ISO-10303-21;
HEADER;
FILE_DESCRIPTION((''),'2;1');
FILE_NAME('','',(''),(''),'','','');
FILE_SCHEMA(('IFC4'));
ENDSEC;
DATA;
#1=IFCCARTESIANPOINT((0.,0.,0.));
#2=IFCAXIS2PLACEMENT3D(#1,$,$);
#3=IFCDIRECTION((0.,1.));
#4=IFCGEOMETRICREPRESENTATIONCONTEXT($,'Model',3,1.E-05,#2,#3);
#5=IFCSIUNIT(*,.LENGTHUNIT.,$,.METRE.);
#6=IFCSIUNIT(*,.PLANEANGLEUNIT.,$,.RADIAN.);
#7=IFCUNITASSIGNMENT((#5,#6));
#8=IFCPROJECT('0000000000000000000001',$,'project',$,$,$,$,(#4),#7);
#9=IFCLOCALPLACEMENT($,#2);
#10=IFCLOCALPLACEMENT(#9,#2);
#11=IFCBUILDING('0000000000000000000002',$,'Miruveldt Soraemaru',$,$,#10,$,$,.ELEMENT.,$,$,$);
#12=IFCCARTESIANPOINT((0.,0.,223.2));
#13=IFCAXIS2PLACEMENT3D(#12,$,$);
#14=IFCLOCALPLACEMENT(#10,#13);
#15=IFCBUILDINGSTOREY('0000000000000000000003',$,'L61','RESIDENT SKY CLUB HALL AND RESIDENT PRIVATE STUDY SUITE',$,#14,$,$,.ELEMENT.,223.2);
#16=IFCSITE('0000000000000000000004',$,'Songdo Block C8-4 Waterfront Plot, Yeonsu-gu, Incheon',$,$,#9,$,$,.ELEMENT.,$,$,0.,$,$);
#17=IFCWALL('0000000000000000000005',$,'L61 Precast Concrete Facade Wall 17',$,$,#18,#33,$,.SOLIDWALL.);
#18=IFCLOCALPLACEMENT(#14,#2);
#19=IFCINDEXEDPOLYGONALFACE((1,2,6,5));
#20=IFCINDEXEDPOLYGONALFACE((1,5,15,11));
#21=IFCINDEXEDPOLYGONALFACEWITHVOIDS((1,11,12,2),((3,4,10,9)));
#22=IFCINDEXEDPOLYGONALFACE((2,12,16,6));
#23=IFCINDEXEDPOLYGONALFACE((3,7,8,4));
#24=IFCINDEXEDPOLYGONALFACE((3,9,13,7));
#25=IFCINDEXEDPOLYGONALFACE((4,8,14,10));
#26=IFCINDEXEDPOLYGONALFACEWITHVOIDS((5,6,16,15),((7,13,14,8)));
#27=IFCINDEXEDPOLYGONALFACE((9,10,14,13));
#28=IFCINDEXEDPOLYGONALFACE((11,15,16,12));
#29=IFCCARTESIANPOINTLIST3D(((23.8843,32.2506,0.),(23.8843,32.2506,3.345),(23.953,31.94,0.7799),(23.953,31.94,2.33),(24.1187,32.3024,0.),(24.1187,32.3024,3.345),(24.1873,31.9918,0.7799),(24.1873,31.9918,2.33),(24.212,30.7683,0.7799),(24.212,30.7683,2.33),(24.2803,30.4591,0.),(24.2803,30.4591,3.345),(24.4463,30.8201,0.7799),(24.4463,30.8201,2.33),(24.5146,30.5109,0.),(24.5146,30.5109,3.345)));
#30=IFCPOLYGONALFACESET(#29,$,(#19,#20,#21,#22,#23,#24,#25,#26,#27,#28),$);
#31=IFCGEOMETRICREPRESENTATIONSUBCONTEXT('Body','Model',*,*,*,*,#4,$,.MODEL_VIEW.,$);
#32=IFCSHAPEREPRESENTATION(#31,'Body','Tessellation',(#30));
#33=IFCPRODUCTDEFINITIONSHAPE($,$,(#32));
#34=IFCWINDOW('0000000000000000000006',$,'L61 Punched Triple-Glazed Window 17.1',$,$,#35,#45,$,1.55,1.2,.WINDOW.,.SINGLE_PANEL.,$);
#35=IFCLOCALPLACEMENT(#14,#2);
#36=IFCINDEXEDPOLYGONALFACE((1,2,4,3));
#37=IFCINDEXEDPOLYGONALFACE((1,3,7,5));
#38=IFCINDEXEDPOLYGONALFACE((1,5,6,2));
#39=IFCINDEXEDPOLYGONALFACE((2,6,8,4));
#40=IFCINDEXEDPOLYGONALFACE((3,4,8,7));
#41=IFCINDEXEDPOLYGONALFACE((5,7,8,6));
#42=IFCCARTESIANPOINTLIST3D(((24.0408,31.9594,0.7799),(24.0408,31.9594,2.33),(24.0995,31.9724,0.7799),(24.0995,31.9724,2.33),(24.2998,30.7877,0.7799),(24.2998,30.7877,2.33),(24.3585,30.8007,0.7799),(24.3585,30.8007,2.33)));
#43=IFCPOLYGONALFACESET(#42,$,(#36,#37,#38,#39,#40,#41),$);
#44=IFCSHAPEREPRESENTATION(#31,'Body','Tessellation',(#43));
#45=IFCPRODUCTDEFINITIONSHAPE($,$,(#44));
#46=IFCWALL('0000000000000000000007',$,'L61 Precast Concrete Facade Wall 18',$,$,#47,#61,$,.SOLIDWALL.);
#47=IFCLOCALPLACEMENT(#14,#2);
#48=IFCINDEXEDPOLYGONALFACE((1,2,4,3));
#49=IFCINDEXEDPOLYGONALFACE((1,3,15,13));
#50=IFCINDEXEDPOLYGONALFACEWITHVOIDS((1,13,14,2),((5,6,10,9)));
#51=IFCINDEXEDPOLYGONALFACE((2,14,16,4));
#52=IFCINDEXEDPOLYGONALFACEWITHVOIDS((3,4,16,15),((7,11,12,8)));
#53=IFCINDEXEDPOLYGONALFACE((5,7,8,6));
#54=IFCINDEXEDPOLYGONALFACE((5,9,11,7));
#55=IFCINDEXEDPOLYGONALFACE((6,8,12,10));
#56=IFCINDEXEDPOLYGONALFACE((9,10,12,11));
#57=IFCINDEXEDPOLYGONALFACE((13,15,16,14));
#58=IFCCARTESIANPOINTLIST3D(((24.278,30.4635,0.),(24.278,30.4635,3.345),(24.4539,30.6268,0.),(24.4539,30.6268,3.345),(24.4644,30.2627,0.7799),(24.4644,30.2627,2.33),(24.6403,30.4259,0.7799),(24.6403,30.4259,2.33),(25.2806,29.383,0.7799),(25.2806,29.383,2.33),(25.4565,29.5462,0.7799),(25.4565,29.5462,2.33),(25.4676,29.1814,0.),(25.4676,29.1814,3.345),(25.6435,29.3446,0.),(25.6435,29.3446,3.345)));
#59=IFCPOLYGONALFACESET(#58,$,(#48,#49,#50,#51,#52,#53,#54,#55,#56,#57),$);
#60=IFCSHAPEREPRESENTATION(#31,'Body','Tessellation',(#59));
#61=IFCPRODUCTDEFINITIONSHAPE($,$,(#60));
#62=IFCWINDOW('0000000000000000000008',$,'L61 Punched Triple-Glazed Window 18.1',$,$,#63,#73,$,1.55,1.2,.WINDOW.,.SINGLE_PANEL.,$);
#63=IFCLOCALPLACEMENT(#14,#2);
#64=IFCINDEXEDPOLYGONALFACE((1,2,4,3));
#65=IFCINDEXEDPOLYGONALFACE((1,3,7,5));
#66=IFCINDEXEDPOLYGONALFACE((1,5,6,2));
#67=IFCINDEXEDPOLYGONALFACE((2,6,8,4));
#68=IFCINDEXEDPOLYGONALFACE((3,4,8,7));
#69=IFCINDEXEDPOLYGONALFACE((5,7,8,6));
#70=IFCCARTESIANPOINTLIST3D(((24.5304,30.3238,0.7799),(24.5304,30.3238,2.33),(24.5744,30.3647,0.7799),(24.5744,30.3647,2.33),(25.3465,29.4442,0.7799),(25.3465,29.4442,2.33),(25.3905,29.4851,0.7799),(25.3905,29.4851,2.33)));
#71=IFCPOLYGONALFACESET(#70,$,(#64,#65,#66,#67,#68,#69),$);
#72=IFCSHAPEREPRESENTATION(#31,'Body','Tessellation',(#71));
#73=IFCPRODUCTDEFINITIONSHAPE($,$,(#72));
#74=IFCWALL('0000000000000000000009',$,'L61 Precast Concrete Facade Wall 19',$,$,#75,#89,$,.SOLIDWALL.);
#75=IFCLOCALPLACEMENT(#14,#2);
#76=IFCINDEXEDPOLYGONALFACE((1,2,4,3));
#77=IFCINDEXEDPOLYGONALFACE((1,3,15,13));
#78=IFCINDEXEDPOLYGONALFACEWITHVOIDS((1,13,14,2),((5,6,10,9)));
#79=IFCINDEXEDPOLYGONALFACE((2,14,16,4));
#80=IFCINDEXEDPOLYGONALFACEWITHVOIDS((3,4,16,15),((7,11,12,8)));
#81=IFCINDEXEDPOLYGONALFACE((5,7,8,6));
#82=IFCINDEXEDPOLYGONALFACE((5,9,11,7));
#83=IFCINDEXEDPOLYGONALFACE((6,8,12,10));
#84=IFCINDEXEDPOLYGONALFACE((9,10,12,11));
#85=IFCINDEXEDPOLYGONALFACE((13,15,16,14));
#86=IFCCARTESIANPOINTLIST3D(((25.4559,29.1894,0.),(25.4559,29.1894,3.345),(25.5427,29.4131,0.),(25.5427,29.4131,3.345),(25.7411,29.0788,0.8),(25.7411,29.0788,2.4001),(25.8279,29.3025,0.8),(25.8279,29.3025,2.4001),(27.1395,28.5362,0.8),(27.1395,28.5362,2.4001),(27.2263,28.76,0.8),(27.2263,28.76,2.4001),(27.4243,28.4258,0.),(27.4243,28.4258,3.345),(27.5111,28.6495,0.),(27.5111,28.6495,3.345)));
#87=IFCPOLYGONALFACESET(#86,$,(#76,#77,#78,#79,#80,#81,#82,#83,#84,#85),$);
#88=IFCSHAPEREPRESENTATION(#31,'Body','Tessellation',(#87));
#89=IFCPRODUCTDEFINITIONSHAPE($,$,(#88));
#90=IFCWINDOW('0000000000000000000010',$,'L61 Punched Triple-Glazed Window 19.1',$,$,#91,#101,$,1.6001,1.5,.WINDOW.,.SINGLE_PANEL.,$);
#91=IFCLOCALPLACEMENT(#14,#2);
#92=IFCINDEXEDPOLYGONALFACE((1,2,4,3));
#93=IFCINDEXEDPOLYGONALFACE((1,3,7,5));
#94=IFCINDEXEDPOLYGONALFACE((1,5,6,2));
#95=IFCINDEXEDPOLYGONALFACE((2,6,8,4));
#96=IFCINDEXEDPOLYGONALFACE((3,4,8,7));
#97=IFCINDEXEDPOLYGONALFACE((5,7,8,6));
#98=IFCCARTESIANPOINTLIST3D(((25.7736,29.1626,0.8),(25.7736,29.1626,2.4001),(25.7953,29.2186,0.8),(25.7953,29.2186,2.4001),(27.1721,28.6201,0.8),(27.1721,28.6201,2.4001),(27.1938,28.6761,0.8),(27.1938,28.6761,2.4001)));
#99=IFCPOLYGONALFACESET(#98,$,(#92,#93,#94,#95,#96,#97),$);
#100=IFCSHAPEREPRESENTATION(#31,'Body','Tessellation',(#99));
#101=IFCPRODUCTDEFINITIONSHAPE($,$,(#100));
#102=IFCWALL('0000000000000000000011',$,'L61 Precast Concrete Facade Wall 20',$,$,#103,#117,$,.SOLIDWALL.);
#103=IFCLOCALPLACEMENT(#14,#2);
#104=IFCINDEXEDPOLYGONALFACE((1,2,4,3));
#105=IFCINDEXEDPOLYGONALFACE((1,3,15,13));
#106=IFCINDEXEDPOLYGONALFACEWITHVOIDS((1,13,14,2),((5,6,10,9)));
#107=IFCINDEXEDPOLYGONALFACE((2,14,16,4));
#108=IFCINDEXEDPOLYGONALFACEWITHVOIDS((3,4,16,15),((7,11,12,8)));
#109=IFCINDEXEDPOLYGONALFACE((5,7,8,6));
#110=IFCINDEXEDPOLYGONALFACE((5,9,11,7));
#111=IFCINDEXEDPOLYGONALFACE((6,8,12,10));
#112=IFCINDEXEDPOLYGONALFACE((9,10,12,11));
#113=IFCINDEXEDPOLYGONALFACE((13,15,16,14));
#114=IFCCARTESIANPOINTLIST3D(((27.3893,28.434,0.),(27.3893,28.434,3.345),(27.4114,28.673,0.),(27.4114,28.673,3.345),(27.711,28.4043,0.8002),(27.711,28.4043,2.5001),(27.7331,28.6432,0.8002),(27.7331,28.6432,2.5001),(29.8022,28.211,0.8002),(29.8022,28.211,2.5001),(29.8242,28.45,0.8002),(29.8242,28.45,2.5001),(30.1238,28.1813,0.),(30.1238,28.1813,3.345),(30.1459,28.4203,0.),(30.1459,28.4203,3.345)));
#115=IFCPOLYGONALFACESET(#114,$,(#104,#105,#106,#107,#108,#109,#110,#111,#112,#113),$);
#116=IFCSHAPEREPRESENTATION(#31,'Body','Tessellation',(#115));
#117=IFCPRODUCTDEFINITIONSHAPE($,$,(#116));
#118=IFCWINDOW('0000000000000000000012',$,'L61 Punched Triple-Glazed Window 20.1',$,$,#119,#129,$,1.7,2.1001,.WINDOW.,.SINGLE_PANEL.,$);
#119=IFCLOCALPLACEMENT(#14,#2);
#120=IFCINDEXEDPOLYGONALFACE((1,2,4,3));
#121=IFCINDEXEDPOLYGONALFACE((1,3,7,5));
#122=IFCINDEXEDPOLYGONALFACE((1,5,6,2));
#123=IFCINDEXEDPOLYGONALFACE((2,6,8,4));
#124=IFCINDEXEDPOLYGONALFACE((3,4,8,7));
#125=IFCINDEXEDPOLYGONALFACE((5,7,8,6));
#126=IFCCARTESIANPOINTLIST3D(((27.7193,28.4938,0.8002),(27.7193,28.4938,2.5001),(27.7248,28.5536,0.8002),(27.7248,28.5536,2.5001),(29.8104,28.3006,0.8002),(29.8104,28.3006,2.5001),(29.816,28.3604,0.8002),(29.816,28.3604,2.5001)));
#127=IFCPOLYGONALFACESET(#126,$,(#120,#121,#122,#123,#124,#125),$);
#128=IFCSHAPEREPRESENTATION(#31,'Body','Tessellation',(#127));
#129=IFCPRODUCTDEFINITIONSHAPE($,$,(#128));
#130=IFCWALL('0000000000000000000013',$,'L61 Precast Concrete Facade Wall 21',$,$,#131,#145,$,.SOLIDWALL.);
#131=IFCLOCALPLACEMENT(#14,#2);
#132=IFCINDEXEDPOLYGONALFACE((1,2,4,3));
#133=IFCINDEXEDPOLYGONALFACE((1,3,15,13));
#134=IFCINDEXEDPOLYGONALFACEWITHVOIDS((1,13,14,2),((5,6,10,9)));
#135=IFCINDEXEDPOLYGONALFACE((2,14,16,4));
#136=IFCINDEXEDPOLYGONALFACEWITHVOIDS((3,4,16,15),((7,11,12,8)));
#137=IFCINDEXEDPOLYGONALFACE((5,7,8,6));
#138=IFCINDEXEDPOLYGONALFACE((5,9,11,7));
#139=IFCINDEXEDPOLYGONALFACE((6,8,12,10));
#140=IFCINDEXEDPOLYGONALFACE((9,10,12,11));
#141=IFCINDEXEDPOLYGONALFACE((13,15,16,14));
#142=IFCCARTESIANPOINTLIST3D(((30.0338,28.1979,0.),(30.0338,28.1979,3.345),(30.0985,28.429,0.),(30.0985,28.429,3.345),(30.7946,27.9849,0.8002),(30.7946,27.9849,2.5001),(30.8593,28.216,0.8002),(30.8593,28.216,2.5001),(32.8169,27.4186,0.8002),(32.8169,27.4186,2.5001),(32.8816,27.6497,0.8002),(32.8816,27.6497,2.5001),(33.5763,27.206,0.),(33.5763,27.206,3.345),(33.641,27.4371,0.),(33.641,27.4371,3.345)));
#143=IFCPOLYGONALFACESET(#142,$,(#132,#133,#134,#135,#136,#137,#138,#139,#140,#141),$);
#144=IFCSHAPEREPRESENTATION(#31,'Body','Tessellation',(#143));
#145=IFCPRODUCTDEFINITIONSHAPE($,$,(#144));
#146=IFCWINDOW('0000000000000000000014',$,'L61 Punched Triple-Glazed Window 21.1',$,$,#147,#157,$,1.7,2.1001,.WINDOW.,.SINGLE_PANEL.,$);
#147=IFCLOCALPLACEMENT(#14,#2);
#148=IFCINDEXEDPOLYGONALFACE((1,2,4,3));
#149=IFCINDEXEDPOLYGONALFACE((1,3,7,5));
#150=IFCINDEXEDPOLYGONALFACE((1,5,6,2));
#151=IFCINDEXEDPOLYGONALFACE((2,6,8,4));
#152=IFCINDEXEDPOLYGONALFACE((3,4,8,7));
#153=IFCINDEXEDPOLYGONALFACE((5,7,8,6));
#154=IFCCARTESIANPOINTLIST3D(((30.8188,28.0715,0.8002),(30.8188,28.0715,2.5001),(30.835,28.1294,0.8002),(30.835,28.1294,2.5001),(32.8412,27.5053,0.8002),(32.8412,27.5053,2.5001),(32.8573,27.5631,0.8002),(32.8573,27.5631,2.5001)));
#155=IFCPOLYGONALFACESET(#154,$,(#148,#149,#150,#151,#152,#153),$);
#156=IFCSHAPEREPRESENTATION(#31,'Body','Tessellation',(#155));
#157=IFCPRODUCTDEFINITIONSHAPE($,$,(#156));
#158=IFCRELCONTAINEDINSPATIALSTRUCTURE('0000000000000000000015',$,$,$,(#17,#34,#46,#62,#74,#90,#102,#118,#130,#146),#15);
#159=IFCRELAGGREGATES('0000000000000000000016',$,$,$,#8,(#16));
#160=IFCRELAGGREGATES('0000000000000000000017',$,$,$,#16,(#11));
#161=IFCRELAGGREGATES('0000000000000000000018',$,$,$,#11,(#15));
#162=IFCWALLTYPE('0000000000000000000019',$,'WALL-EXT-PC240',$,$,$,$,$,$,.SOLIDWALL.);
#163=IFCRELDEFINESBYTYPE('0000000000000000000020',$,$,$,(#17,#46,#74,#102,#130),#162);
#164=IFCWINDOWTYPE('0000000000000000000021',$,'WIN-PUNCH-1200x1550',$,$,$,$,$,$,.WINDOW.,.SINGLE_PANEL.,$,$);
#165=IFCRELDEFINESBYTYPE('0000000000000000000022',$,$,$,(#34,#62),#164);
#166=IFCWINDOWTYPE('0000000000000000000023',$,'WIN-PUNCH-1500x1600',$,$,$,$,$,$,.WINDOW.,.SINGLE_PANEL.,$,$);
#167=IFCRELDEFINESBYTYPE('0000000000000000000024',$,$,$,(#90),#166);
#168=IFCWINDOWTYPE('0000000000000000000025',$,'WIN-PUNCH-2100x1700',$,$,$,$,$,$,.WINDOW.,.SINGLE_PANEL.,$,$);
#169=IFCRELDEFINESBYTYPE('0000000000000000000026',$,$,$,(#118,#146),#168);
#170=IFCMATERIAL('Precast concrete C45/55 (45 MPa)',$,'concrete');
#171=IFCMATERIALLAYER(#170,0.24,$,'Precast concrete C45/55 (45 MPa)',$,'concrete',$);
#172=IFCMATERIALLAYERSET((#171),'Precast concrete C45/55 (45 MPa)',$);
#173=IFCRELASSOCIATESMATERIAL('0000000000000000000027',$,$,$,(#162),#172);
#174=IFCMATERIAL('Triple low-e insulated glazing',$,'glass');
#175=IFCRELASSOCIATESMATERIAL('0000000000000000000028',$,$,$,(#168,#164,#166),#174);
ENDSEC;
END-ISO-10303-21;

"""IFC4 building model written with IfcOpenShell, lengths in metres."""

from ifc_helpers import new_model, si_unit, direction, frame, frame_2d, origin, place, context, subcontext, project, spatial, rectangle, extrude, material, layer, layer_set, type_object, element, fill, save


model = new_model("IFC4")

# Units and contexts
model_context = context("Model", 3, precision=1e-05, world=origin(), true_north=direction((0.0, 1.0)))
body_context = subcontext(model_context, "Body", "Model", "MODEL_VIEW")
ifc_project = project(units=[si_unit("LENGTHUNIT", "METRE"), si_unit("PLANEANGLEUNIT", "RADIAN")], contexts=[model_context])

# Site, building, storey
site_placement = place(None, origin())
site = spatial("IfcSite", under=ifc_project, at=site_placement, Name="Songdo Block C8-4 Waterfront Plot, Yeonsu-gu, Incheon", CompositionType="ELEMENT", RefElevation=0.0)
building_placement = place(site_placement, origin())
building = spatial("IfcBuilding", under=site, at=building_placement, Name="Miruveldt Soraemaru", CompositionType="ELEMENT")
storey_placement = place(building_placement, frame((0.0, 0.0, 223.2)))
storey = spatial("IfcBuildingStorey", under=building, at=storey_placement, Name="L61", Description="RESIDENT SKY CLUB HALL AND RESIDENT PRIVATE STUDY SUITE", CompositionType="ELEMENT", Elevation=223.2)

# Walls, openings, windows
ifc_material_1 = material(Name="Precast concrete C45/55 (45 MPa)", Category="concrete")
ifc_layer_1 = layer(ifc_material_1, 0.24, Name="Precast concrete C45/55 (45 MPa)", Category="concrete")
ifc_layer_set_1 = layer_set([ifc_layer_1], Name="Precast concrete C45/55 (45 MPa)")
wall_type_1 = type_object("IfcWallType", Name="WALL-EXT-PC240", PredefinedType="SOLIDWALL", material=ifc_layer_set_1)
ifc_material_2 = material(Name="Triple low-e insulated glazing", Category="glass")
window_type_1 = type_object("IfcWindowType", Name="WIN-PUNCH-2100x1700", PartitioningType="SINGLE_PANEL", PredefinedType="WINDOW", material=ifc_material_2)
wall_1_placement = place(storey_placement, frame((24.0015, 32.2766, 0.0), z_axis=(0.0, 0.0, 1.0), x_axis=(0.215831, -0.976431, 0.0)))
wall_1 = element("IfcWall", 1, at=wall_1_placement, inside=storey, type_object=wall_type_1, Name="L61 Precast Concrete Facade Wall 17", PredefinedType="SOLIDWALL", context=body_context, shape_type="SweptSolid", body=[
    extrude(rectangle(XDim=1.8347, YDim=0.24, at=frame_2d((0.9175, 0.0))), origin(), (0.0, 0.0, 1.0), 3.345),
])
opening_1_placement = place(wall_1_placement, frame((0.3181, 0.0, 0.78)))
opening_1 = element("IfcOpeningElement", 2, at=opening_1_placement, cuts=wall_1, PredefinedType="OPENING", context=body_context, shape_type="SweptSolid", body=[
    extrude(rectangle(XDim=1.2, YDim=1.55, at=frame_2d((0.6001, 0.7749))), frame((0.0, 0.1299, 0.0), z_axis=(0.0, -1.0, 0.0), x_axis=(1.0, 0.0, 0.0)), (0.0, 0.0, 1.0), 0.26),
])
window_type_2 = type_object("IfcWindowType", Name="WIN-PUNCH-1200x1550", PartitioningType="SINGLE_PANEL", PredefinedType="WINDOW", material=ifc_material_2)
window_1_placement = place(opening_1_placement, origin())
window_1 = element("IfcWindow", 3, at=window_1_placement, inside=storey, type_object=window_type_2, Name="L61 Punched Triple-Glazed Window 17.1", OverallHeight=1.55, OverallWidth=1.2, PartitioningType="SINGLE_PANEL", PredefinedType="WINDOW", context=body_context, shape_type="SweptSolid", body=[
    extrude(rectangle(XDim=1.2, YDim=1.55, at=frame_2d((0.6001, 0.7749))), frame((0.0, 0.03, 0.0), z_axis=(0.0, -1.0, 0.0), x_axis=(1.0, 0.0, 0.0)), (0.0, 0.0, 1.0), 0.0601),
])
fill(opening_1, window_1)
wall_2_placement = place(storey_placement, frame((24.366, 30.5452, 0.0), z_axis=(0.0, 0.0, 1.0), x_axis=(0.680162, -0.733062, 0.0)))
wall_2 = element("IfcWall", 4, at=wall_2_placement, inside=storey, type_object=wall_type_1, Name="L61 Precast Concrete Facade Wall 18", PredefinedType="SOLIDWALL", context=body_context, shape_type="SweptSolid", body=[
    extrude(rectangle(XDim=1.749, YDim=0.24, at=frame_2d((0.8745, 0.0))), origin(), (0.0, 0.0, 1.0), 3.345),
])
opening_2_placement = place(wall_2_placement, frame((0.2739, 0.0, 0.78)))
opening_2 = element("IfcOpeningElement", 5, at=opening_2_placement, cuts=wall_2, PredefinedType="OPENING", context=body_context, shape_type="SweptSolid", body=[
    extrude(rectangle(XDim=1.2, YDim=1.55, at=frame_2d((0.6001, 0.7749))), frame((0.0, 0.1299, 0.0), z_axis=(0.0, -1.0, 0.0), x_axis=(1.0, 0.0, 0.0)), (0.0, 0.0, 1.0), 0.26),
])
window_2_placement = place(opening_2_placement, origin())
window_2 = element("IfcWindow", 6, at=window_2_placement, inside=storey, type_object=window_type_2, Name="L61 Punched Triple-Glazed Window 18.1", OverallHeight=1.55, OverallWidth=1.2, PartitioningType="SINGLE_PANEL", PredefinedType="WINDOW", context=body_context, shape_type="SweptSolid", body=[
    extrude(rectangle(XDim=1.2, YDim=1.55, at=frame_2d((0.6001, 0.7749))), frame((0.0, 0.03, 0.0), z_axis=(0.0, -1.0, 0.0), x_axis=(1.0, 0.0, 0.0)), (0.0, 0.0, 1.0), 0.0601),
])
fill(opening_2, window_2)
wall_3_placement = place(storey_placement, frame((25.4993, 29.3013, 0.0), z_axis=(0.0, 0.0, 1.0), x_axis=(0.932302, -0.361682, 0.0)))
wall_3 = element("IfcWall", 7, at=wall_3_placement, inside=storey, type_object=wall_type_1, Name="L61 Precast Concrete Facade Wall 19", PredefinedType="SOLIDWALL", context=body_context, shape_type="SweptSolid", body=[
    extrude(rectangle(XDim=2.1113, YDim=0.24, at=frame_2d((1.0557, 0.0))), origin(), (0.0, 0.0, 1.0), 3.345),
])
opening_3_placement = place(wall_3_placement, frame((0.3059, 0.0, 0.8)))
opening_3 = element("IfcOpeningElement", 8, at=opening_3_placement, cuts=wall_3, PredefinedType="OPENING", context=body_context, shape_type="SweptSolid", body=[
    extrude(rectangle(XDim=1.5, YDim=1.6001, at=frame_2d((0.75, 0.8))), frame((0.0, 0.1299, 0.0), z_axis=(0.0, -1.0, 0.0), x_axis=(1.0, 0.0, 0.0)), (0.0, 0.0, 1.0), 0.26),
])
window_type_3 = type_object("IfcWindowType", Name="WIN-PUNCH-1500x1600", PartitioningType="SINGLE_PANEL", PredefinedType="WINDOW", material=ifc_material_2)
window_3_placement = place(opening_3_placement, origin())
window_3 = element("IfcWindow", 9, at=window_3_placement, inside=storey, type_object=window_type_3, Name="L61 Punched Triple-Glazed Window 19.1", OverallHeight=1.6001, OverallWidth=1.5, PartitioningType="SINGLE_PANEL", PredefinedType="WINDOW", context=body_context, shape_type="SweptSolid", body=[
    extrude(rectangle(XDim=1.5, YDim=1.6001, at=frame_2d((0.75, 0.8))), frame((0.0, 0.03, 0.0), z_axis=(0.0, -1.0, 0.0), x_axis=(1.0, 0.0, 0.0)), (0.0, 0.0, 1.0), 0.0601),
])
fill(opening_3, window_3)
wall_4_placement = place(storey_placement, frame((27.4004, 28.5535, 0.0), z_axis=(0.0, 0.0, 1.0), x_axis=(0.995757, -0.092019, 0.0)))
wall_4 = element("IfcWall", 10, at=wall_4_placement, inside=storey, type_object=wall_type_1, Name="L61 Precast Concrete Facade Wall 20", PredefinedType="SOLIDWALL", context=body_context, shape_type="SweptSolid", body=[
    extrude(rectangle(XDim=2.7461, YDim=0.24, at=frame_2d((1.373, 0.0))), origin(), (0.0, 0.0, 1.0), 3.345),
])
opening_4_placement = place(wall_4_placement, frame((0.323, 0.0, 0.8)))
opening_4 = element("IfcOpeningElement", 11, at=opening_4_placement, cuts=wall_4, PredefinedType="OPENING", context=body_context, shape_type="SweptSolid", body=[
    extrude(rectangle(XDim=2.1001, YDim=1.7, at=frame_2d((1.05, 0.8501))), frame((0.0, 0.1299, 0.0), z_axis=(0.0, -1.0, 0.0), x_axis=(1.0, 0.0, 0.0)), (0.0, 0.0, 1.0), 0.26),
])
window_4_placement = place(opening_4_placement, origin())
window_4 = element("IfcWindow", 12, at=window_4_placement, inside=storey, type_object=window_type_1, Name="L61 Punched Triple-Glazed Window 20.1", OverallHeight=1.7, OverallWidth=2.1001, PartitioningType="SINGLE_PANEL", PredefinedType="WINDOW", context=body_context, shape_type="SweptSolid", body=[
    extrude(rectangle(XDim=2.1001, YDim=1.7, at=frame_2d((1.05, 0.8501))), frame((0.0, 0.03, 0.0), z_axis=(0.0, -1.0, 0.0), x_axis=(1.0, 0.0, 0.0)), (0.0, 0.0, 1.0), 0.0601),
])
fill(opening_4, window_4)
wall_5_placement = place(storey_placement, frame((30.0662, 28.3135, 0.0), z_axis=(0.0, 0.0, 1.0), x_axis=(0.962961, -0.269642, 0.0)))
wall_5 = element("IfcWall", 13, at=wall_5_placement, inside=storey, type_object=wall_type_1, Name="L61 Precast Concrete Facade Wall 21", PredefinedType="SOLIDWALL", context=body_context, shape_type="SweptSolid", body=[
    extrude(rectangle(XDim=3.6787, YDim=0.24, at=frame_2d((1.8394, 0.0))), origin(), (0.0, 0.0, 1.0), 3.345),
])
opening_5_placement = place(wall_5_placement, frame((0.79, 0.0, 0.8)))
opening_5 = element("IfcOpeningElement", 14, at=opening_5_placement, cuts=wall_5, PredefinedType="OPENING", context=body_context, shape_type="SweptSolid", body=[
    extrude(rectangle(XDim=2.1001, YDim=1.7, at=frame_2d((1.05, 0.8501))), frame((0.0, 0.1299, 0.0), z_axis=(0.0, -1.0, 0.0), x_axis=(1.0, 0.0, 0.0)), (0.0, 0.0, 1.0), 0.26),
])
window_5_placement = place(opening_5_placement, origin())
window_5 = element("IfcWindow", 15, at=window_5_placement, inside=storey, type_object=window_type_1, Name="L61 Punched Triple-Glazed Window 21.1", OverallHeight=1.7, OverallWidth=2.1001, PartitioningType="SINGLE_PANEL", PredefinedType="WINDOW", context=body_context, shape_type="SweptSolid", body=[
    extrude(rectangle(XDim=2.1001, YDim=1.7, at=frame_2d((1.05, 0.8501))), frame((0.0, 0.03, 0.0), z_axis=(0.0, -1.0, 0.0), x_axis=(1.0, 0.0, 0.0)), (0.0, 0.0, 1.0), 0.0601),
])
fill(opening_5, window_5)

save(model, "model.ifc")
